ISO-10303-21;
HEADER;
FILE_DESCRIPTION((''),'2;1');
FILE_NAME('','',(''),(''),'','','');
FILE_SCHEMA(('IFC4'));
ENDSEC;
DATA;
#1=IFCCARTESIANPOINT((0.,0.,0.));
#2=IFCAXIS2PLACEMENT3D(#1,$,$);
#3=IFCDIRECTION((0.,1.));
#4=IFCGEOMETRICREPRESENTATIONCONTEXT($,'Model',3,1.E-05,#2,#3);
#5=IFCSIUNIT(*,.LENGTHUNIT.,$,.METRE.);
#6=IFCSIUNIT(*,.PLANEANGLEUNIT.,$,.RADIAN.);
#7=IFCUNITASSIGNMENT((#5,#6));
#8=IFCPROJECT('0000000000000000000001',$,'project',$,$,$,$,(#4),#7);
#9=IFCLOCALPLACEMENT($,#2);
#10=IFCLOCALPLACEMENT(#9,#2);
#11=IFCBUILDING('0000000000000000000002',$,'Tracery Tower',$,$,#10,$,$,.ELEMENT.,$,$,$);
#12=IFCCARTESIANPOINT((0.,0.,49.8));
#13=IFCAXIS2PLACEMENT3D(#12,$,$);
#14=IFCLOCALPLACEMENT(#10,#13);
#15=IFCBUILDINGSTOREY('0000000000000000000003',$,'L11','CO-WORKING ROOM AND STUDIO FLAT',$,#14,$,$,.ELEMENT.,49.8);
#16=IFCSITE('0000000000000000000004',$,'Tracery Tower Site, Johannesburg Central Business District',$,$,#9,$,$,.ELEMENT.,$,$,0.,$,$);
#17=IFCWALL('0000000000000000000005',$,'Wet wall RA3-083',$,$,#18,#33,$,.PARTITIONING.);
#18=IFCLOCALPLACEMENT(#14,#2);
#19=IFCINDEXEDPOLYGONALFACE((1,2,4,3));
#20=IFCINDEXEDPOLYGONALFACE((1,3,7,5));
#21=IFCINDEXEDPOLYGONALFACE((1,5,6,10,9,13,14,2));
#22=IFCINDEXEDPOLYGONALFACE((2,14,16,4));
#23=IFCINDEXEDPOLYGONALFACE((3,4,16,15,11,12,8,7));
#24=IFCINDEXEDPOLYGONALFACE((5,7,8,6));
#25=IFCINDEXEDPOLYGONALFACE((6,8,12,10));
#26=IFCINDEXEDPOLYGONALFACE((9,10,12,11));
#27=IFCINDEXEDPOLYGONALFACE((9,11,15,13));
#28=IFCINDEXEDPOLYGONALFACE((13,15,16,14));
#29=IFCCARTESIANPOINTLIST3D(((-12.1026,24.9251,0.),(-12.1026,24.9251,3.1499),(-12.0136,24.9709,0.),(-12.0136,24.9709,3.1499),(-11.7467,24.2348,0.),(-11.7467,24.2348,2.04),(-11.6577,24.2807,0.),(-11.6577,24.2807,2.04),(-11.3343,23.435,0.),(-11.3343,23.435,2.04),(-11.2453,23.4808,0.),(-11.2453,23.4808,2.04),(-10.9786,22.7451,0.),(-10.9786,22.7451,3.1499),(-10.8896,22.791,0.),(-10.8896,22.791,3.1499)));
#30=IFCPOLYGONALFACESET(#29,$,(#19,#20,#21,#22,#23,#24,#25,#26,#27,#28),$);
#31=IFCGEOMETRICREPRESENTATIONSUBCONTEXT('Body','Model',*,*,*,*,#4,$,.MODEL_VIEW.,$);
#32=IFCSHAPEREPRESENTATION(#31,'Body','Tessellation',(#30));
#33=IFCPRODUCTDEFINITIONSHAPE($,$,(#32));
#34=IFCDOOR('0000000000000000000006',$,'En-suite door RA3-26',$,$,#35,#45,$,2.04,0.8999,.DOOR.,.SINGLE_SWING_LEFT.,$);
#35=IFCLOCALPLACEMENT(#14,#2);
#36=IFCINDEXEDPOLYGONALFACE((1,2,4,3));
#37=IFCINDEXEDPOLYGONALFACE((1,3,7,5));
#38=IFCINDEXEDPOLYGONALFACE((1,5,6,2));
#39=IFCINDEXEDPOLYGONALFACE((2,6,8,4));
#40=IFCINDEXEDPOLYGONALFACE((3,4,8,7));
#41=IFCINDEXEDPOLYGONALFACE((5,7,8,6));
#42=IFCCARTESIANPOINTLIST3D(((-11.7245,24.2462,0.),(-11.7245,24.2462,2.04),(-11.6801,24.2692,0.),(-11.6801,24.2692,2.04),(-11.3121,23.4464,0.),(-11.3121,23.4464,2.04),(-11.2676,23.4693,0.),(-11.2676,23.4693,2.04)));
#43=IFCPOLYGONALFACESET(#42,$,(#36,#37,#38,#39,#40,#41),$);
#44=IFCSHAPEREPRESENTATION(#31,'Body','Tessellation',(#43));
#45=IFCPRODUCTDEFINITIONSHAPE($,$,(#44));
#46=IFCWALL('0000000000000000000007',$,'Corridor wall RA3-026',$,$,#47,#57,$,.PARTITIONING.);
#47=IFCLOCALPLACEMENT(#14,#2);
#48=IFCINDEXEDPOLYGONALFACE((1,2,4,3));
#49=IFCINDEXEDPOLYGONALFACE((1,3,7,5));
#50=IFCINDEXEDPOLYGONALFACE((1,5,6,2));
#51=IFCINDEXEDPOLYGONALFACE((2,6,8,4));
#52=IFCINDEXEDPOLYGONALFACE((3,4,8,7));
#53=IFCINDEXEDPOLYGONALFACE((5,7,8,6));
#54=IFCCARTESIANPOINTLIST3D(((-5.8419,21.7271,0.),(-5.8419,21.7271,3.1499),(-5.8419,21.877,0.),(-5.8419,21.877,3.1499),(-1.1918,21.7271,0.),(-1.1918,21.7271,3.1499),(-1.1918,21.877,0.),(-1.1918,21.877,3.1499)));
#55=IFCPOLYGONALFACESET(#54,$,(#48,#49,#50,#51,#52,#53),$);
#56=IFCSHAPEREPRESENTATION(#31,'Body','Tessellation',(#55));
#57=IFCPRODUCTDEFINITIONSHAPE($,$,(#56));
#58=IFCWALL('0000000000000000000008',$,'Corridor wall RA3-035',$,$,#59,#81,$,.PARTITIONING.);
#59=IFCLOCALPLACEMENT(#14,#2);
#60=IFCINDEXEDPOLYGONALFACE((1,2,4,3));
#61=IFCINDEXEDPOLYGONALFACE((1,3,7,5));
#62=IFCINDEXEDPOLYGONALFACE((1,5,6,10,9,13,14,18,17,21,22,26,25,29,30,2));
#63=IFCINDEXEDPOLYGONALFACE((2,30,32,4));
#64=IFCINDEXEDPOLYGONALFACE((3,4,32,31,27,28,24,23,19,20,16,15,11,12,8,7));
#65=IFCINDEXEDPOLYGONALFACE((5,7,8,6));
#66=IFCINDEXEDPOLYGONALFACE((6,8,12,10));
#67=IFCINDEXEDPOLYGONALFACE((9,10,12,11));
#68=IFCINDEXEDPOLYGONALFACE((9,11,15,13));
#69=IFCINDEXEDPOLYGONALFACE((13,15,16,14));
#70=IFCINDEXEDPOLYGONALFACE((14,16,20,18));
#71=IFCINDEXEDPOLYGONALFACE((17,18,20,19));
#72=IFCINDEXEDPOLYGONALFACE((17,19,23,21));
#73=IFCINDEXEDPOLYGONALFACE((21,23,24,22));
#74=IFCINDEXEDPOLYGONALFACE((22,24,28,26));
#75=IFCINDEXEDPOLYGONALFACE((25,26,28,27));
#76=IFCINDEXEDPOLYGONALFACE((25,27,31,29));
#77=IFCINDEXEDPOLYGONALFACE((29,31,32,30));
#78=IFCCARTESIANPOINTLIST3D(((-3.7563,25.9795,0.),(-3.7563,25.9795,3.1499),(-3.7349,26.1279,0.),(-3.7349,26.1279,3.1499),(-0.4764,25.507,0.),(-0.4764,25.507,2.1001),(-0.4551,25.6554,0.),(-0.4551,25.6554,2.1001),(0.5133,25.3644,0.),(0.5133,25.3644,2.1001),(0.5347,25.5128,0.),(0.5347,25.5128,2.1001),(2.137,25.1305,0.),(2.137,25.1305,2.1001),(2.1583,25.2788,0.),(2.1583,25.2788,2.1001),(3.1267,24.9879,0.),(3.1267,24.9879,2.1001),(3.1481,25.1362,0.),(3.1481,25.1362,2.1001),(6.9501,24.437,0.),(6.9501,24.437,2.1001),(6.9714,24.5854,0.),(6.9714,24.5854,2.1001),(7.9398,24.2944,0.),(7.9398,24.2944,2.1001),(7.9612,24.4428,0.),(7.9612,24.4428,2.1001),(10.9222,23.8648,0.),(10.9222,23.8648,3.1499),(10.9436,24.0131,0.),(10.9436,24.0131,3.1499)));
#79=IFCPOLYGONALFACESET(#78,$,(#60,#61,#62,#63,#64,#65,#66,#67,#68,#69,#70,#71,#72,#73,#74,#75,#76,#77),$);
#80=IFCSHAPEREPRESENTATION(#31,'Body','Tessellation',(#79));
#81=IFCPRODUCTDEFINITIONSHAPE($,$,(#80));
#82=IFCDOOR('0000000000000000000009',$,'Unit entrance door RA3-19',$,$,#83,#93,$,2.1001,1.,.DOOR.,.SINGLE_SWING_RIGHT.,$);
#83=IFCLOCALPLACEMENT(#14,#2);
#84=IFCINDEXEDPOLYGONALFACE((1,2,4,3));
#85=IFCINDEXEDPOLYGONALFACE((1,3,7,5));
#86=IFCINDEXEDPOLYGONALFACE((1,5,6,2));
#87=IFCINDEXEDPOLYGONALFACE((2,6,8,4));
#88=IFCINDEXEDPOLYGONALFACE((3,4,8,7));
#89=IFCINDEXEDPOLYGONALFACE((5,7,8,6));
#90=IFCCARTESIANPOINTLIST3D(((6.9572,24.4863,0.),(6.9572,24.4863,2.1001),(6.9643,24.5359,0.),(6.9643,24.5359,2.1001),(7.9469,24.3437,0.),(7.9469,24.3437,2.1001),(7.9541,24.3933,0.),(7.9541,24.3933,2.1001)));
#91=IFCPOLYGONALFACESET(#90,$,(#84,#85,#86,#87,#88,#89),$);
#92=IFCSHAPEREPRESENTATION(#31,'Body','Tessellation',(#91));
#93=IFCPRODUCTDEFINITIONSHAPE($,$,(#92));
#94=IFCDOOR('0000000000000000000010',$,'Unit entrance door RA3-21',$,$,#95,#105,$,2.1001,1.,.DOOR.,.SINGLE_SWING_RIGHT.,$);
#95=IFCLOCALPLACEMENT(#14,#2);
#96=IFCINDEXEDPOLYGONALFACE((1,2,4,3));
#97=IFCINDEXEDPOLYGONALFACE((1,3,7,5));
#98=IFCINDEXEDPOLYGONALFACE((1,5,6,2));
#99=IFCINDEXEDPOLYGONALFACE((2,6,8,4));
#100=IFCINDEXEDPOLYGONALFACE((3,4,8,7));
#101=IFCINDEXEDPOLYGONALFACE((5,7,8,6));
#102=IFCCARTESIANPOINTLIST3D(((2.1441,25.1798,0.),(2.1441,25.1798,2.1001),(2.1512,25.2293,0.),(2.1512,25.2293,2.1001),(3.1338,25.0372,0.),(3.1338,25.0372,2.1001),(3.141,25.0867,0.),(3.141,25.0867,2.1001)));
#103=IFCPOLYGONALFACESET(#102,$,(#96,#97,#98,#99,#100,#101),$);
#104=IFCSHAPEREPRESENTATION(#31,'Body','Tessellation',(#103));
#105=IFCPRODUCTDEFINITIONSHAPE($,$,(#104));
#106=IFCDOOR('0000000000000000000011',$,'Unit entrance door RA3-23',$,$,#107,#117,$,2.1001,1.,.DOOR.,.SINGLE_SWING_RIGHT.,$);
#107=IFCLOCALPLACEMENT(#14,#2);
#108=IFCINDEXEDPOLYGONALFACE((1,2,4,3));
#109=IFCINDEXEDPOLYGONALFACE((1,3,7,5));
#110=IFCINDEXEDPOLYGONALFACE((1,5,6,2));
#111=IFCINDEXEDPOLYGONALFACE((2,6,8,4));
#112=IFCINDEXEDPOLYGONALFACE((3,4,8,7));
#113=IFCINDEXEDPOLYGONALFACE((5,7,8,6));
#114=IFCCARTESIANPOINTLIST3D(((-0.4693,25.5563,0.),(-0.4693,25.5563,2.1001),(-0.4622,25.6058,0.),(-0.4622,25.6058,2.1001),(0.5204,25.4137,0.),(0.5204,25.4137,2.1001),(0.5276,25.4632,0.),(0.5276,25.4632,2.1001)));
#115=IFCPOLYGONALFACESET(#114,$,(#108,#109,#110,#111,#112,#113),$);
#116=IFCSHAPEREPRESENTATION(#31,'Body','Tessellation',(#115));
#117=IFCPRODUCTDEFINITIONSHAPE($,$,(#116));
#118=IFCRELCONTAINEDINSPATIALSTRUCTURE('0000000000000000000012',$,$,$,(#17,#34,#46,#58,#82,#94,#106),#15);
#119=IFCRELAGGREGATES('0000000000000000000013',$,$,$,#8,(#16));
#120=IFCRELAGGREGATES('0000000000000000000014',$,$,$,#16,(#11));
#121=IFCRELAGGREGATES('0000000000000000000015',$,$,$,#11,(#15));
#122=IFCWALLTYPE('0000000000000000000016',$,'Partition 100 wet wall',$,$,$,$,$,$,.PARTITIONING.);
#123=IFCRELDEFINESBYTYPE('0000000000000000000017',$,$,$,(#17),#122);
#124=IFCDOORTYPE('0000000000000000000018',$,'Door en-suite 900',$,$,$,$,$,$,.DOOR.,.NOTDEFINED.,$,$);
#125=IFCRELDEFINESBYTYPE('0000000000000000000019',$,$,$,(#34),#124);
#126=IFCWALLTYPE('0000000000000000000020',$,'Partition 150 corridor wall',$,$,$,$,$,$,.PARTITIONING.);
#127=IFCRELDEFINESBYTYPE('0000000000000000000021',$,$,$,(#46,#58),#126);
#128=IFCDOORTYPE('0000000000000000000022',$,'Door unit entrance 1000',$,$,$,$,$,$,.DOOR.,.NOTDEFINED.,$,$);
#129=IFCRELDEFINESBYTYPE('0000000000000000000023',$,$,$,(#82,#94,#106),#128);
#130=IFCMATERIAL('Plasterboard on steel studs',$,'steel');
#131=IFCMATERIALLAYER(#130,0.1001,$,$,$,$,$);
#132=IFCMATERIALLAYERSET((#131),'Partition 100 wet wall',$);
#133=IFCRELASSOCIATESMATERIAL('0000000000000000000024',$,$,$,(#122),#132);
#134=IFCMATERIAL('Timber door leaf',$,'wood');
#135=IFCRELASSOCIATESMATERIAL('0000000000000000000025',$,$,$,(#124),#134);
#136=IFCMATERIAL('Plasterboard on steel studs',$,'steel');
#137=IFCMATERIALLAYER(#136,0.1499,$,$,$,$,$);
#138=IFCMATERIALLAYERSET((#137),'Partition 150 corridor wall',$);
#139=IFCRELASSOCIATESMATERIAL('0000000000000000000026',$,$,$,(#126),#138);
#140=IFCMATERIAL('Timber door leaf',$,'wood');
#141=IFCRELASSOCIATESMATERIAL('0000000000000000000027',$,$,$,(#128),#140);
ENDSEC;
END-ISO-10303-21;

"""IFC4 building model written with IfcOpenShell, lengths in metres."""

from ifc_helpers import new_model, si_unit, direction, frame, frame_2d, origin, place, context, subcontext, project, spatial, rectangle, extrude, material, layer, layer_set, type_object, element, fill, save


model = new_model("IFC4")

# Units and contexts
model_context = context("Model", 3, precision=1e-05, world=origin(), true_north=direction((0.0, 1.0)))
body_context = subcontext(model_context, "Body", "Model", "MODEL_VIEW")
ifc_project = project(units=[si_unit("LENGTHUNIT", "METRE"), si_unit("PLANEANGLEUNIT", "RADIAN")], contexts=[model_context])

# Site, building, storey
site_placement = place(None, origin())
site = spatial("IfcSite", under=ifc_project, at=site_placement, Name="Tracery Tower Site, Johannesburg Central Business District", CompositionType="ELEMENT", RefElevation=0.0)
building_placement = place(site_placement, origin())
building = spatial("IfcBuilding", under=site, at=building_placement, Name="Tracery Tower", CompositionType="ELEMENT")
storey_placement = place(building_placement, frame((0.0, 0.0, 49.8)))
storey = spatial("IfcBuildingStorey", under=building, at=storey_placement, Name="L11", Description="CO-WORKING ROOM AND STUDIO FLAT", CompositionType="ELEMENT", Elevation=49.8)

# Shared definitions
ifc_material_1 = material(Name="Plasterboard on steel studs", Category="steel")
ifc_layer_1 = layer(ifc_material_1, 0.1001)
ifc_layer_set_1 = layer_set([ifc_layer_1], Name="Partition 100 wet wall")
wall_type_1 = type_object("IfcWallType", Name="Partition 100 wet wall", PredefinedType="PARTITIONING", material=ifc_layer_set_1)

# Shared definitions
ifc_material_2 = material(Name="Timber door leaf", Category="wood")
door_type_1 = type_object("IfcDoorType", Name="Door en-suite 900", OperationType="NOTDEFINED", PredefinedType="DOOR", material=ifc_material_2)

# Wall, opening, door
wall_1_placement = place(storey_placement, frame((-12.0581, 24.948, 0.0), z_axis=(0.0, 0.0, 1.0), x_axis=(0.458288, -0.888804, 0.0)))
wall_1 = element("IfcWall", 1, at=wall_1_placement, inside=storey, type_object=wall_type_1, Name="Wet wall RA3-083", PredefinedType="PARTITIONING", context=body_context, shape_type="SweptSolid", body=[
    extrude(rectangle(XDim=2.4526, YDim=0.1001, at=frame_2d((1.2263, 0.0))), origin(), (0.0, 0.0, 1.0), 3.1499),
])
opening_1_placement = place(wall_1_placement, frame((0.7766, 0.0, 0.0)))
opening_1 = element("IfcOpeningElement", 2, at=opening_1_placement, cuts=wall_1, PredefinedType="OPENING", context=body_context, shape_type="SweptSolid", body=[
    extrude(rectangle(XDim=0.8999, YDim=2.04, at=frame_2d((0.45, 1.02))), frame((0.0, 0.05, 0.0), z_axis=(0.0, -1.0, 0.0), x_axis=(1.0, 0.0, 0.0)), (0.0, 0.0, 1.0), 0.1001),
])
door_1_placement = place(opening_1_placement, origin())
door_1 = element("IfcDoor", 3, at=door_1_placement, inside=storey, type_object=door_type_1, Name="En-suite door RA3-26", OperationType="SINGLE_SWING_LEFT", OverallHeight=2.04, OverallWidth=0.8999, PredefinedType="DOOR", context=body_context, shape_type="SweptSolid", body=[
    extrude(rectangle(XDim=0.8999, YDim=2.04, at=frame_2d((0.45, 1.02))), frame((0.0, 0.0249, 0.0), z_axis=(0.0, -1.0, 0.0), x_axis=(1.0, 0.0, 0.0)), (0.0, 0.0, 1.0), 0.05),
])
fill(opening_1, door_1)

# Wall
ifc_material_3 = material(Name="Plasterboard on steel studs", Category="steel")
ifc_layer_2 = layer(ifc_material_3, 0.1499)
ifc_layer_set_2 = layer_set([ifc_layer_2], Name="Partition 150 corridor wall")
wall_type_2 = type_object("IfcWallType", Name="Partition 150 corridor wall", PredefinedType="PARTITIONING", material=ifc_layer_set_2)
wall_2_placement = place(storey_placement, frame((-5.842, 21.802, 0.0), z_axis=(0.0, 0.0, 1.0), x_axis=(1.0, 0.0, 0.0)))
element("IfcWall", 4, at=wall_2_placement, inside=storey, type_object=wall_type_2, Name="Corridor wall RA3-026", PredefinedType="PARTITIONING", context=body_context, shape_type="SweptSolid", body=[
    extrude(rectangle(XDim=4.6501, YDim=0.1499, at=frame_2d((2.3252, 0.0))), origin(), (0.0, 0.0, 1.0), 3.1499),
])

# Wall, openings, doors
wall_3_placement = place(storey_placement, frame((-3.7456, 26.0537, 0.0), z_axis=(0.0, 0.0, 1.0), x_axis=(0.989781, -0.142599, 0.0)))
wall_3 = element("IfcWall", 5, at=wall_3_placement, inside=storey, type_object=wall_type_2, Name="Corridor wall RA3-035", PredefinedType="PARTITIONING", context=body_context, shape_type="SweptSolid", body=[
    extrude(rectangle(XDim=14.8301, YDim=0.1499, at=frame_2d((7.415, 0.0))), origin(), (0.0, 0.0, 1.0), 3.1499),
])
opening_2_placement = place(wall_3_placement, frame((10.8169, 0.0, 0.0)))
opening_2 = element("IfcOpeningElement", 6, at=opening_2_placement, cuts=wall_3, PredefinedType="OPENING", context=body_context, shape_type="SweptSolid", body=[
    extrude(rectangle(XDim=1.0, YDim=2.1001, at=frame_2d((0.5, 1.05))), frame((0.0, 0.075, 0.0), z_axis=(0.0, -1.0, 0.0), x_axis=(1.0, 0.0, 0.0)), (0.0, 0.0, 1.0), 0.1499),
])
opening_3_placement = place(wall_3_placement, frame((5.9541, 0.0, 0.0)))
opening_3 = element("IfcOpeningElement", 7, at=opening_3_placement, cuts=wall_3, PredefinedType="OPENING", context=body_context, shape_type="SweptSolid", body=[
    extrude(rectangle(XDim=1.0, YDim=2.1001, at=frame_2d((0.5, 1.05))), frame((0.0, 0.075, 0.0), z_axis=(0.0, -1.0, 0.0), x_axis=(1.0, 0.0, 0.0)), (0.0, 0.0, 1.0), 0.1499),
])
opening_4_placement = place(wall_3_placement, frame((3.3137, 0.0, 0.0)))
opening_4 = element("IfcOpeningElement", 8, at=opening_4_placement, cuts=wall_3, PredefinedType="OPENING", context=body_context, shape_type="SweptSolid", body=[
    extrude(rectangle(XDim=1.0, YDim=2.1001, at=frame_2d((0.5, 1.05))), frame((0.0, 0.075, 0.0), z_axis=(0.0, -1.0, 0.0), x_axis=(1.0, 0.0, 0.0)), (0.0, 0.0, 1.0), 0.1499),
])
ifc_material_4 = material(Name="Timber door leaf", Category="wood")
door_type_2 = type_object("IfcDoorType", Name="Door unit entrance 1000", OperationType="NOTDEFINED", PredefinedType="DOOR", material=ifc_material_4)
door_2_placement = place(opening_2_placement, origin())
door_2 = element("IfcDoor", 9, at=door_2_placement, inside=storey, type_object=door_type_2, Name="Unit entrance door RA3-19", OperationType="SINGLE_SWING_RIGHT", OverallHeight=2.1001, OverallWidth=1.0, PredefinedType="DOOR", context=body_context, shape_type="SweptSolid", body=[
    extrude(rectangle(XDim=1.0, YDim=2.1001, at=frame_2d((0.5, 1.05))), frame((0.0, 0.0249, 0.0), z_axis=(0.0, -1.0, 0.0), x_axis=(1.0, 0.0, 0.0)), (0.0, 0.0, 1.0), 0.05),
])
fill(opening_2, door_2)
door_3_placement = place(opening_3_placement, origin())
door_3 = element("IfcDoor", 10, at=door_3_placement, inside=storey, type_object=door_type_2, Name="Unit entrance door RA3-21", OperationType="SINGLE_SWING_RIGHT", OverallHeight=2.1001, OverallWidth=1.0, PredefinedType="DOOR", context=body_context, shape_type="SweptSolid", body=[
    extrude(rectangle(XDim=1.0, YDim=2.1001, at=frame_2d((0.5, 1.05))), frame((0.0, 0.0249, 0.0), z_axis=(0.0, -1.0, 0.0), x_axis=(1.0, 0.0, 0.0)), (0.0, 0.0, 1.0), 0.05),
])
fill(opening_3, door_3)
door_4_placement = place(opening_4_placement, origin())
door_4 = element("IfcDoor", 11, at=door_4_placement, inside=storey, type_object=door_type_2, Name="Unit entrance door RA3-23", OperationType="SINGLE_SWING_RIGHT", OverallHeight=2.1001, OverallWidth=1.0, PredefinedType="DOOR", context=body_context, shape_type="SweptSolid", body=[
    extrude(rectangle(XDim=1.0, YDim=2.1001, at=frame_2d((0.5, 1.05))), frame((0.0, 0.0249, 0.0), z_axis=(0.0, -1.0, 0.0), x_axis=(1.0, 0.0, 0.0)), (0.0, 0.0, 1.0), 0.05),
])
fill(opening_4, door_4)

save(model, "model.ifc")
